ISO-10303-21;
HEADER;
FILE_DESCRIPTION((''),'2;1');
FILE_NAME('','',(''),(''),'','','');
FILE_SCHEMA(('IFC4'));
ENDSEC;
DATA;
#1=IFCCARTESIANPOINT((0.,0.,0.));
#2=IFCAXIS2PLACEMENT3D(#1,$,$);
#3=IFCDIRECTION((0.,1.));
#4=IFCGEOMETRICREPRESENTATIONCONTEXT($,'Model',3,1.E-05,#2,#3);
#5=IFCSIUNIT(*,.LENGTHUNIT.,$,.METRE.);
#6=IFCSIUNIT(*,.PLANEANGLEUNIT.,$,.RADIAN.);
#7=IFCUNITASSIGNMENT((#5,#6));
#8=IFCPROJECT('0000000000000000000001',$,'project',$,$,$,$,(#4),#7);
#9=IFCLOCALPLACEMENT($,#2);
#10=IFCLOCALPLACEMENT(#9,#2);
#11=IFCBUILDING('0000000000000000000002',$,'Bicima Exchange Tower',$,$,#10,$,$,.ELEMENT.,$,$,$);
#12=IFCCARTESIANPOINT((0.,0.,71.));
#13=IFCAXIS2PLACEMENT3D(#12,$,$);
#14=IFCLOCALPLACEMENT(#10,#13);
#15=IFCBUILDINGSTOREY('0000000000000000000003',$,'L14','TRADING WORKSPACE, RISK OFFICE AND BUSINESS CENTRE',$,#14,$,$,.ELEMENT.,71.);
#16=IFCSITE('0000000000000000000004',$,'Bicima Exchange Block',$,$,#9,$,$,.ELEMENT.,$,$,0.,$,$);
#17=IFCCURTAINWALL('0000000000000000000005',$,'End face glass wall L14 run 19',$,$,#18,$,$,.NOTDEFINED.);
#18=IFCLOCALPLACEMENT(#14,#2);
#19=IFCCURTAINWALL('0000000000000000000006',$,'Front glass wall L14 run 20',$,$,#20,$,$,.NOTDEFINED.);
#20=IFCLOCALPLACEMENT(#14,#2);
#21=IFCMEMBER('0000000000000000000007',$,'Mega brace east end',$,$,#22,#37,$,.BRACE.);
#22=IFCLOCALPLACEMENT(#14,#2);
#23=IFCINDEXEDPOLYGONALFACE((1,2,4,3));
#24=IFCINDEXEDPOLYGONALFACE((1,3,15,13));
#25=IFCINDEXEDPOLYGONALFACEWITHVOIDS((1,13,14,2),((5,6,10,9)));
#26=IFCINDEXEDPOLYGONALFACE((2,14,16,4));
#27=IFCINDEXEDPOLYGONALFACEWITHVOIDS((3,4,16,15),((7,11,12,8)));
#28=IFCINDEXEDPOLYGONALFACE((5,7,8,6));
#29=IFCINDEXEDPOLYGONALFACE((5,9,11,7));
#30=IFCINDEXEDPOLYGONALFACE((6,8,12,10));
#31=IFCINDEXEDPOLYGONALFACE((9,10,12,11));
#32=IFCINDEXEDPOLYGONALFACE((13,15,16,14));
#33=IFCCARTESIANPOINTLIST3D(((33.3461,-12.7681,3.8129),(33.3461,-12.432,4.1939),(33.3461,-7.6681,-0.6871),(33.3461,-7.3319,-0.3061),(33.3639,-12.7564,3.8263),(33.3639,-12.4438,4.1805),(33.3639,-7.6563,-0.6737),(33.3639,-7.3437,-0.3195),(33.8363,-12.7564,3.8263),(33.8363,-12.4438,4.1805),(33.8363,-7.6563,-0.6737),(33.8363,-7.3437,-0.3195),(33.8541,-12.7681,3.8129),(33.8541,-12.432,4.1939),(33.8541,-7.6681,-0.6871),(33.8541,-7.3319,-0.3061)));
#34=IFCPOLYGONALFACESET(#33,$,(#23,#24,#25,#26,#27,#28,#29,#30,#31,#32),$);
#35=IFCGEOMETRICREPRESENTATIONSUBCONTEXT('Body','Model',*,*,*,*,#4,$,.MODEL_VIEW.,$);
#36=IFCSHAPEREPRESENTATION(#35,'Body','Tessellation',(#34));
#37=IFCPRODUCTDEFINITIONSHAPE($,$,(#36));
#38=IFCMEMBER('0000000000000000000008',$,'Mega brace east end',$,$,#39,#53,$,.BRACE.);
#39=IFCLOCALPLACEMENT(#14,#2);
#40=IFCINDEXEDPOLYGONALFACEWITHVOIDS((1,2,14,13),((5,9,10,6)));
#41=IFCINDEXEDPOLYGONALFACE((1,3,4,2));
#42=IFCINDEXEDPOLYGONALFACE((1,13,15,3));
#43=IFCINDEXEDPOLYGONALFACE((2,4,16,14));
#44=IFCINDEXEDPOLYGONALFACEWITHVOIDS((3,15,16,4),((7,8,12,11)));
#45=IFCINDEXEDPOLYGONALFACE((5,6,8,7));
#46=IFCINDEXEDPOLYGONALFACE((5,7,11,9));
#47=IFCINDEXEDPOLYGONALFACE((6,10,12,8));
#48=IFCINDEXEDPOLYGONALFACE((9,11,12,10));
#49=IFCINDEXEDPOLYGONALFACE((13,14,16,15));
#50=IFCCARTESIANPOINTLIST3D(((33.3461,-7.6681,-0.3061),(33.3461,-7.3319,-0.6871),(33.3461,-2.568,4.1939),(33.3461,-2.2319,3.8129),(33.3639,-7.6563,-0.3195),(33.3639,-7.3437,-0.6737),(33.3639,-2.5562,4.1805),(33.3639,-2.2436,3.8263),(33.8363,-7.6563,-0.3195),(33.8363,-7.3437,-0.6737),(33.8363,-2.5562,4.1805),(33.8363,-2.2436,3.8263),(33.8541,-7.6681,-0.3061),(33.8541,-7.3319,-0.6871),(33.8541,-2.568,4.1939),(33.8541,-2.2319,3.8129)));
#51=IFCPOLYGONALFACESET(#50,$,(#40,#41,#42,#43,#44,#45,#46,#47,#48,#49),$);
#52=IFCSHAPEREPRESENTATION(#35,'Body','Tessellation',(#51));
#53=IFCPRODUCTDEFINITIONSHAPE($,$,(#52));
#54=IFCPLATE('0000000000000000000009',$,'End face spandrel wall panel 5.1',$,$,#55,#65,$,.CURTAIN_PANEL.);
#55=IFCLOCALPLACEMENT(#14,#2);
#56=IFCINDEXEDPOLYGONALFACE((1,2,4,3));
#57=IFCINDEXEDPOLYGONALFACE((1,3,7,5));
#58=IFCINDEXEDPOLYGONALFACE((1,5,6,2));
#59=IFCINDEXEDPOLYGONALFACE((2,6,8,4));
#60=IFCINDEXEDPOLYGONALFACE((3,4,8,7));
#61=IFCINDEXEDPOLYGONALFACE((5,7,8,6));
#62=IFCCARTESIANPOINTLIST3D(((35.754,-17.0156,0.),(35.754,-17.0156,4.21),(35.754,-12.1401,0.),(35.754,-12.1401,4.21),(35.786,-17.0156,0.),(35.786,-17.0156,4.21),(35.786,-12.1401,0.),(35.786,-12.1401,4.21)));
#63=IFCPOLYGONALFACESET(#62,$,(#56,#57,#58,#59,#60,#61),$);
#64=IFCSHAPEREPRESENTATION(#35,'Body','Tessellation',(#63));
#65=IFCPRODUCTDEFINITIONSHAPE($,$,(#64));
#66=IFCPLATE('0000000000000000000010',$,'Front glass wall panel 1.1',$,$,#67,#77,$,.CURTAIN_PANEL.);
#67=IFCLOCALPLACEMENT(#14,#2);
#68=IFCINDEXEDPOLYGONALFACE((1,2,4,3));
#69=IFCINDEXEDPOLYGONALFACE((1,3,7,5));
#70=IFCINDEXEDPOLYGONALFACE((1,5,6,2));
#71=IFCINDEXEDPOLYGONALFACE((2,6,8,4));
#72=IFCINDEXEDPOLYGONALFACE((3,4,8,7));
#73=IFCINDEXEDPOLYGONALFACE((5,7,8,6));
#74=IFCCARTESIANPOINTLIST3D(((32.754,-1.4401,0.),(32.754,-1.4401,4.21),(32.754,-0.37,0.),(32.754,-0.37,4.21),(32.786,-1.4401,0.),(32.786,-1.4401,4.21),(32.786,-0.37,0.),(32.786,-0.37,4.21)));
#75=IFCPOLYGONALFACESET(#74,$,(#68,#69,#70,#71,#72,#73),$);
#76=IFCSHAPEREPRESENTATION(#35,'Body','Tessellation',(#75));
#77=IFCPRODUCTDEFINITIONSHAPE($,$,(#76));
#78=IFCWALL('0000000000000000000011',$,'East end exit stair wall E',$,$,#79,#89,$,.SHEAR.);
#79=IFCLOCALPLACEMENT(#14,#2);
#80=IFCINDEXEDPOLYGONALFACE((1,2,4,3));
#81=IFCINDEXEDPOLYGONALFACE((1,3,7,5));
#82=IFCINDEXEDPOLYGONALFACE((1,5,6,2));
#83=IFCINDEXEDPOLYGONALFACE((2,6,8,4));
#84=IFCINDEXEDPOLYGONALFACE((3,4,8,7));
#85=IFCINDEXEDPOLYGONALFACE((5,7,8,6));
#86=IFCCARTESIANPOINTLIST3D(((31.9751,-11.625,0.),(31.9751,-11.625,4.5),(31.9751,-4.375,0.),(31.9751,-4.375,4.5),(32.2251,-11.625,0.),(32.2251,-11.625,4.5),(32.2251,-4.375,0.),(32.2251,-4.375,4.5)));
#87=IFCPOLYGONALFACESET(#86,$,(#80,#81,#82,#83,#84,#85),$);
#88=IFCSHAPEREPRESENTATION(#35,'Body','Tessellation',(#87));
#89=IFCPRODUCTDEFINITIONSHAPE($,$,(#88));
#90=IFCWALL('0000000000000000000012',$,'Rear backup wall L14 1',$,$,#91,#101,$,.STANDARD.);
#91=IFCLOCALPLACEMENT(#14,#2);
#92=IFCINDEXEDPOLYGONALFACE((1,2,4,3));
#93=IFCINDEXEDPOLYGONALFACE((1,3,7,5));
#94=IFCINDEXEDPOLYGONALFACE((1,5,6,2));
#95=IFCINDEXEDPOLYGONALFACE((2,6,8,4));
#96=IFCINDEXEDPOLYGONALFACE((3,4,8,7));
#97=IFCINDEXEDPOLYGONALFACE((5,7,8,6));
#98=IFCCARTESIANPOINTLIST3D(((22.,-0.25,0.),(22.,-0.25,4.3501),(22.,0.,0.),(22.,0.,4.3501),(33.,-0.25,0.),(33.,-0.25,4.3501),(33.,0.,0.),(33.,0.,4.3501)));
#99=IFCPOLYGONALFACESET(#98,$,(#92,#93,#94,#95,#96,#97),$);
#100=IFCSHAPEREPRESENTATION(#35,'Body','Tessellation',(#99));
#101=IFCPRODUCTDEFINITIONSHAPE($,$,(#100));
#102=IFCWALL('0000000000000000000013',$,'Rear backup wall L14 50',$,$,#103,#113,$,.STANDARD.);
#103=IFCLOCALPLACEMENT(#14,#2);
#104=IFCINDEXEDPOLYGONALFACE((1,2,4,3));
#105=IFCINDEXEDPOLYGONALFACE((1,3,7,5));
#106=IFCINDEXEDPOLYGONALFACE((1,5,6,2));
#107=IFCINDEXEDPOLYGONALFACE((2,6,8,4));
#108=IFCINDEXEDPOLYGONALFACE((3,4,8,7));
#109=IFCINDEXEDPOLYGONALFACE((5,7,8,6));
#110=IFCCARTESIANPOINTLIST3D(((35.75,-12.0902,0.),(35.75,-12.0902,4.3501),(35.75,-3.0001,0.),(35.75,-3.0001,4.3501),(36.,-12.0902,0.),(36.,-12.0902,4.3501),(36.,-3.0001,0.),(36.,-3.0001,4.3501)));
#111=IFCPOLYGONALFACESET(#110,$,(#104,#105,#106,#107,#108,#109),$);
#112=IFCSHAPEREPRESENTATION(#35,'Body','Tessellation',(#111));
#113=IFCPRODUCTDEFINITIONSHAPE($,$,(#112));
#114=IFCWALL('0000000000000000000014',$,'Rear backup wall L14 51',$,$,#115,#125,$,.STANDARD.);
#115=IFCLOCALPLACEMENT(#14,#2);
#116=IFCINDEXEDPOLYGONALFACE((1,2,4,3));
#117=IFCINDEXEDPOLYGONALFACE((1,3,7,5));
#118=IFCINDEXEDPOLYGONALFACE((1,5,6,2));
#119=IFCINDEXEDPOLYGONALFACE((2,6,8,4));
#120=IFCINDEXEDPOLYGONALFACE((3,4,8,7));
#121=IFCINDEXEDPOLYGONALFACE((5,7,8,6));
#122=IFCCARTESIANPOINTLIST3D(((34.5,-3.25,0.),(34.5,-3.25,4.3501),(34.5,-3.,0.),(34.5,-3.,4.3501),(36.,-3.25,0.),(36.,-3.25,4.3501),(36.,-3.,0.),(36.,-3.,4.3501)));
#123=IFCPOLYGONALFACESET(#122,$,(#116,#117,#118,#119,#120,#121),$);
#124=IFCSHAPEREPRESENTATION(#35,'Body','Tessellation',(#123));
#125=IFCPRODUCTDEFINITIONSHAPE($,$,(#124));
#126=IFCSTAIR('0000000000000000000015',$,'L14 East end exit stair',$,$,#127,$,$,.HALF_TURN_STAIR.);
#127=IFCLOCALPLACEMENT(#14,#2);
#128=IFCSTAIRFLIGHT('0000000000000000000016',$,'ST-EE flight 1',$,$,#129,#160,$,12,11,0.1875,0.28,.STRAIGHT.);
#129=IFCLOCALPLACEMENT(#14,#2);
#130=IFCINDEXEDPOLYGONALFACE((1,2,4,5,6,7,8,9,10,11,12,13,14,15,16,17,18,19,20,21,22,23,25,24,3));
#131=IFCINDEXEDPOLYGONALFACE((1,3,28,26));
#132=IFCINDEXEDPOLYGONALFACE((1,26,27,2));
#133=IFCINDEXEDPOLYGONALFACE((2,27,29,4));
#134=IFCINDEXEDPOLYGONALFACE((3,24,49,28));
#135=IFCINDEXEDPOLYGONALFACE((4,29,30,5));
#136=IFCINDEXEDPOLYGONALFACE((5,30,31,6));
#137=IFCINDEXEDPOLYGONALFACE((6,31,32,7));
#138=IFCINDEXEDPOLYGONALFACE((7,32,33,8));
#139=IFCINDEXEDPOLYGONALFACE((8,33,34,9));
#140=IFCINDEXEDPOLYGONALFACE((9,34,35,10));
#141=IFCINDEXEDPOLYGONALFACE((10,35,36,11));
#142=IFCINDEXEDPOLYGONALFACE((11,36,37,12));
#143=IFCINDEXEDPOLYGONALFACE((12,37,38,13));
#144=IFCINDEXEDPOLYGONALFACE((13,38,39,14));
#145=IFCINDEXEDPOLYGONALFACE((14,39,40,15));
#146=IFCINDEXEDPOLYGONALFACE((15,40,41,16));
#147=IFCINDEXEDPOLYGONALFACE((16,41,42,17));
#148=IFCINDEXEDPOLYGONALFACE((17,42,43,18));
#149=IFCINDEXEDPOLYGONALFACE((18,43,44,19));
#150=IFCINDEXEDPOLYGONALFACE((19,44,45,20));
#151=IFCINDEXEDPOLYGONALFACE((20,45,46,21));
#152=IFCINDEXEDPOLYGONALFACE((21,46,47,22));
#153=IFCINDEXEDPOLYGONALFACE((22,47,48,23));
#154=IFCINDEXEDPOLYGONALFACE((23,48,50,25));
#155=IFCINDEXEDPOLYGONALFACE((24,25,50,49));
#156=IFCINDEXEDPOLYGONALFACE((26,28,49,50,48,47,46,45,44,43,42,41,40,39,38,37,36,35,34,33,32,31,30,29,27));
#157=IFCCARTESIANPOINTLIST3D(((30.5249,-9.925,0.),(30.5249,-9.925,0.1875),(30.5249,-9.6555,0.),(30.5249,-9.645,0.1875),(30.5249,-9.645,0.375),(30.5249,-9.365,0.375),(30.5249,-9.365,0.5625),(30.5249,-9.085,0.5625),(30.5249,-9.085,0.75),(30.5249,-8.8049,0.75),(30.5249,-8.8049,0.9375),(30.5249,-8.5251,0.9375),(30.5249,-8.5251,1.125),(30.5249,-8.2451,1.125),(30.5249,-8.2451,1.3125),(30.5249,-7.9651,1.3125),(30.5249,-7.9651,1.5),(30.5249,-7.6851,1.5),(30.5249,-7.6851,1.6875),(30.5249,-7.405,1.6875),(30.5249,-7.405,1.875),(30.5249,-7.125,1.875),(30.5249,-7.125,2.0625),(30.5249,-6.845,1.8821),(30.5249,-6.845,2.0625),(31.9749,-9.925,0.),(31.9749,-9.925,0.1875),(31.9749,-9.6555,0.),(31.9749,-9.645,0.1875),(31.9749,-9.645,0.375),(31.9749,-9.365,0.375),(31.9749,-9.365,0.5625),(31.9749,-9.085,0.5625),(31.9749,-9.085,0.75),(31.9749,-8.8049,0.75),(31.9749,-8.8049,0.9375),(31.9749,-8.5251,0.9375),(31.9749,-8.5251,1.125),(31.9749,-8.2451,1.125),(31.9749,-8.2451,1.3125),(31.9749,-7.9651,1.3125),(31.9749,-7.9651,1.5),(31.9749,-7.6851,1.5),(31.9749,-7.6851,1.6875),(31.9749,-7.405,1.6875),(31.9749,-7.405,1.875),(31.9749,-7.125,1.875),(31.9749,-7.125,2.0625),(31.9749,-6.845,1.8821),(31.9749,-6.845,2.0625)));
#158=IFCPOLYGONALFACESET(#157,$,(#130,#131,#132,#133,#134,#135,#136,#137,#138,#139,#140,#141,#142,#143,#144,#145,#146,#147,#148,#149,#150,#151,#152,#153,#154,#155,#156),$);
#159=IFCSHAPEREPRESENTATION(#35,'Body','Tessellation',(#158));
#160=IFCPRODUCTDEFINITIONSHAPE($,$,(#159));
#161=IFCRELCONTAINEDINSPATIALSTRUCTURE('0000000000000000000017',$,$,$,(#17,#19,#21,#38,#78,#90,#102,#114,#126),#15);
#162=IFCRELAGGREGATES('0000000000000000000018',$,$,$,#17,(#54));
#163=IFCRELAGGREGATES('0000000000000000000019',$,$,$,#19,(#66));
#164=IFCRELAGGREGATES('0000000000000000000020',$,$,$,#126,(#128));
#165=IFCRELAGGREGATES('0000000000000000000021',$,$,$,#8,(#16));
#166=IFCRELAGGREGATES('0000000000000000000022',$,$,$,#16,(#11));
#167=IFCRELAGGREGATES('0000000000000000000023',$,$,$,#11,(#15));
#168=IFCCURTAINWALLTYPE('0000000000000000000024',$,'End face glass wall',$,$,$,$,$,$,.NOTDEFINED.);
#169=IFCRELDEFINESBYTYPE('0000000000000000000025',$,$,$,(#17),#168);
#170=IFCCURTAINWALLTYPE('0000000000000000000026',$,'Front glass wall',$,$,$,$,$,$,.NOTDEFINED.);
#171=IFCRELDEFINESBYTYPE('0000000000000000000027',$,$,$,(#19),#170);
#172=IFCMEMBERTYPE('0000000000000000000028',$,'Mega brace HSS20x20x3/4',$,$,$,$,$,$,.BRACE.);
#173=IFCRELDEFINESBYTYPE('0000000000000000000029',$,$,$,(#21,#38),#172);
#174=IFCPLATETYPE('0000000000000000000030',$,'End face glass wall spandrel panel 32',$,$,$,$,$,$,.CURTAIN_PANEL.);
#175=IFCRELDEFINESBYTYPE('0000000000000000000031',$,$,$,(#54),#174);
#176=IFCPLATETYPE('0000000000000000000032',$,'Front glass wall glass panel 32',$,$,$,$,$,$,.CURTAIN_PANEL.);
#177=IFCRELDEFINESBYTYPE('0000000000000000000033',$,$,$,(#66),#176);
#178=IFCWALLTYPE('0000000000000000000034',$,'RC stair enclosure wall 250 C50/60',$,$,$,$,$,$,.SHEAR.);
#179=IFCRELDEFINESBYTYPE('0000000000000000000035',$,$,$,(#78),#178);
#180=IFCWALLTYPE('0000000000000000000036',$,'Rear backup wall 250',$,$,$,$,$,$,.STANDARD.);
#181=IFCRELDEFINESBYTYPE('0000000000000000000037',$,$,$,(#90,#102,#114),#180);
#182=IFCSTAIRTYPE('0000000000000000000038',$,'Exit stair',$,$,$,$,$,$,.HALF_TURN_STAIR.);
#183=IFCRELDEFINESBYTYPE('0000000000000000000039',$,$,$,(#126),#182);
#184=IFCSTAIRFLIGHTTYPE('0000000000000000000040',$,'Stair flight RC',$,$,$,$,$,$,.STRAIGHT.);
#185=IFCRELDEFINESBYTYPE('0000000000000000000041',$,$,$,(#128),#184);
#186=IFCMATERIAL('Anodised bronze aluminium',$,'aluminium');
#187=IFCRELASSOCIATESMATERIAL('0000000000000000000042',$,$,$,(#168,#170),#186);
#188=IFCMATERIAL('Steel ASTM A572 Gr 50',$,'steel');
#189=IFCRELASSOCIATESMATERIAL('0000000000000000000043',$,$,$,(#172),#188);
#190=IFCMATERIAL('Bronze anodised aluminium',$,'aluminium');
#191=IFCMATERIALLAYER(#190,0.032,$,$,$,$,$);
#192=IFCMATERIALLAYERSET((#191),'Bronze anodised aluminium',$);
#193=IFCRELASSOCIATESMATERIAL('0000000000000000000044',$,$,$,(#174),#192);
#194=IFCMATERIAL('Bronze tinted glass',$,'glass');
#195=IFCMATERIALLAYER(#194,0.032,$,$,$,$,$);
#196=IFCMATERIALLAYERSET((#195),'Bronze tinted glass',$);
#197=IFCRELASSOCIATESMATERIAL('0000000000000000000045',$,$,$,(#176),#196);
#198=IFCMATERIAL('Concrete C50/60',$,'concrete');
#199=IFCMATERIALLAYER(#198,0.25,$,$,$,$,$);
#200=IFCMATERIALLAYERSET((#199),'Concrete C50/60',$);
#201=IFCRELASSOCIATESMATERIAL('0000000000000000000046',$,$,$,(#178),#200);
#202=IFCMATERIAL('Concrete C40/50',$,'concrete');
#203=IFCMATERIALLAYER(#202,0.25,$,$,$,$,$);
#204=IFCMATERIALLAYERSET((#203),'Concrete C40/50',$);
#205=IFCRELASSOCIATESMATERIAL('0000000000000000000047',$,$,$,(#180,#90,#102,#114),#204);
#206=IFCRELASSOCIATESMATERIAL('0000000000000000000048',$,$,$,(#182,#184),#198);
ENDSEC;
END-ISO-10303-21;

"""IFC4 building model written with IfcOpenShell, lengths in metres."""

from ifc_helpers import new_model, si_unit, direction, frame, frame_2d, origin, origin_2d, place, context, subcontext, project, spatial, polyline, rectangle, hollow_rectangle, outline, extrude, material, layer, layer_set, layer_usage, material_profile, profile_set, type_object, element, aggregate, save


model = new_model("IFC4")

# Units and contexts
model_context = context("Model", 3, precision=1e-05, world=origin(), true_north=direction((0.0, 1.0)))
body_context = subcontext(model_context, "Body", "Model", "MODEL_VIEW")
ifc_project = project(units=[si_unit("LENGTHUNIT", "METRE"), si_unit("PLANEANGLEUNIT", "RADIAN")], contexts=[model_context])

# Site, building, storey
site_placement = place(None, origin())
site = spatial("IfcSite", under=ifc_project, at=site_placement, Name="Bicima Exchange Block", CompositionType="ELEMENT", RefElevation=0.0)
building_placement = place(site_placement, origin())
building = spatial("IfcBuilding", under=site, at=building_placement, Name="Bicima Exchange Tower", CompositionType="ELEMENT")
storey_placement = place(building_placement, frame((0.0, 0.0, 71.0)))
storey = spatial("IfcBuildingStorey", under=building, at=storey_placement, Name="L14", Description="TRADING WORKSPACE, RISK OFFICE AND BUSINESS CENTRE", CompositionType="ELEMENT", Elevation=71.0)

# Shared definitions
ifc_material_1 = material(Name="Steel ASTM A572 Gr 50", Category="steel")

# Curtain wall
ifc_material_2 = material(Name="Anodised bronze aluminium", Category="aluminium")
curtain_wall_type_1 = type_object("IfcCurtainWallType", Name="End face glass wall", PredefinedType="NOTDEFINED", material=ifc_material_2)
curtain_wall_1_placement = place(storey_placement, origin())
curtain_wall_1 = element("IfcCurtainWall", 1, at=curtain_wall_1_placement, inside=storey, type_object=curtain_wall_type_1, Name="End face glass wall L14 run 19", PredefinedType="NOTDEFINED")

# Curtain wall
curtain_wall_type_2 = type_object("IfcCurtainWallType", Name="Front glass wall", PredefinedType="NOTDEFINED", material=ifc_material_2)
curtain_wall_2_placement = place(storey_placement, origin())
curtain_wall_2 = element("IfcCurtainWall", 2, at=curtain_wall_2_placement, inside=storey, type_object=curtain_wall_type_2, Name="Front glass wall L14 run 20", PredefinedType="NOTDEFINED")

# Members
ifc_material_profile_1 = material_profile(ifc_material_1, hollow_rectangle(XDim=0.5081, YDim=0.5081, WallThickness=0.0178, at=origin_2d()))
ifc_profile_set_1 = profile_set([ifc_material_profile_1], Name="Steel ASTM A572 Gr 50")
member_type_1 = type_object("IfcMemberType", Name="Mega brace HSS20x20x3/4", PredefinedType="BRACE", material=ifc_profile_set_1)
for number, where, z_axis, x_axis, name in (
    (3, (33.6001, -7.5, -0.4966), (0.0, -0.749844, 0.661615), (1.0, 0.0, 0.0), "Mega brace east end"),
    (4, (33.6001, -7.5, -0.4966), (0.0, 0.749844, 0.661615), (-1.0, 0.0, 0.0), "Mega brace east end"),
):
    element("IfcMember", number, at=place(storey_placement, frame(where, z_axis=z_axis, x_axis=x_axis)), inside=storey, type_object=member_type_1, Name=name, PredefinedType="BRACE", context=body_context, shape_type="SweptSolid", body=[
        extrude(hollow_rectangle(XDim=0.5081, YDim=0.5081, WallThickness=0.0178, at=origin_2d()), origin(), (0.0, 0.0, 1.0), 6.8015),
    ])

# Plates
ifc_material_3 = material(Name="Bronze anodised aluminium", Category="aluminium")
ifc_layer_1 = layer(ifc_material_3, 0.032)
ifc_layer_set_1 = layer_set([ifc_layer_1], Name="Bronze anodised aluminium")
plate_type_1 = type_object("IfcPlateType", Name="End face glass wall spandrel panel 32", PredefinedType="CURTAIN_PANEL", material=ifc_layer_set_1)
plate_1_placement = place(storey_placement, frame((35.77, -14.5779, 0.0), z_axis=(0.0, 0.0, 1.0), x_axis=(0.0, 1.0, 0.0)))
plate_1 = element("IfcPlate", 5, at=plate_1_placement, type_object=plate_type_1, Name="End face spandrel wall panel 5.1", PredefinedType="CURTAIN_PANEL", context=body_context, shape_type="SweptSolid", body=[
    extrude(rectangle(XDim=4.8755, YDim=0.032, at=origin_2d()), origin(), (0.0, 0.0, 1.0), 4.21),
])
aggregate(curtain_wall_1, [plate_1])
ifc_material_4 = material(Name="Bronze tinted glass", Category="glass")
ifc_layer_2 = layer(ifc_material_4, 0.032)
ifc_layer_set_2 = layer_set([ifc_layer_2], Name="Bronze tinted glass")
plate_type_2 = type_object("IfcPlateType", Name="Front glass wall glass panel 32", PredefinedType="CURTAIN_PANEL", material=ifc_layer_set_2)
plate_2_placement = place(storey_placement, frame((32.77, -0.905, 0.0), z_axis=(0.0, 0.0, 1.0), x_axis=(0.0, 1.0, 0.0)))
plate_2 = element("IfcPlate", 6, at=plate_2_placement, type_object=plate_type_2, Name="Front glass wall panel 1.1", PredefinedType="CURTAIN_PANEL", context=body_context, shape_type="SweptSolid", body=[
    extrude(rectangle(XDim=1.0701, YDim=0.032, at=origin_2d()), origin(), (0.0, 0.0, 1.0), 4.21),
])
aggregate(curtain_wall_2, [plate_2])

# Walls
ifc_material_5 = material(Name="Concrete C50/60", Category="concrete")
ifc_layer_3 = layer(ifc_material_5, 0.25)
ifc_layer_set_3 = layer_set([ifc_layer_3], Name="Concrete C50/60")
wall_type_1 = type_object("IfcWallType", Name="RC stair enclosure wall 250 C50/60", PredefinedType="SHEAR", material=ifc_layer_set_3)
wall_1_placement = place(storey_placement, frame((32.1001, -11.625, 0.0), z_axis=(0.0, 0.0, 1.0), x_axis=(0.0, 1.0, 0.0)))
element("IfcWall", 7, at=wall_1_placement, inside=storey, type_object=wall_type_1, Name="East end exit stair wall E", PredefinedType="SHEAR", context=body_context, shape_type="SweptSolid", body=[
    extrude(rectangle(XDim=7.25, YDim=0.25, at=frame_2d((3.625, 0.0))), origin(), (0.0, 0.0, 1.0), 4.5),
])
ifc_material_6 = material(Name="Concrete C40/50", Category="concrete")
ifc_layer_4 = layer(ifc_material_6, 0.25)
ifc_layer_set_4 = layer_set([ifc_layer_4], Name="Concrete C40/50")
ifc_layer_usage = layer_usage(ifc_layer_set_4, "AXIS2", "POSITIVE", -0.125)
wall_type_2 = type_object("IfcWallType", Name="Rear backup wall 250", PredefinedType="STANDARD", material=ifc_layer_set_4)
wall_2_placement = place(storey_placement, frame((33.0, -0.125, 0.0), z_axis=(0.0, 0.0, 1.0), x_axis=(-1.0, 0.0, 0.0)))
element("IfcWall", 8, at=wall_2_placement, inside=storey, type_object=wall_type_2, material=ifc_layer_usage, Name="Rear backup wall L14 1", PredefinedType="STANDARD", context=body_context, shape_type="SweptSolid", body=[
    extrude(rectangle(XDim=11.0, YDim=0.25, at=frame_2d((5.5, 0.0))), origin(), (0.0, 0.0, 1.0), 4.3501),
])
wall_3_placement = place(storey_placement, frame((35.875, -12.0901, 0.0), z_axis=(0.0, 0.0, 1.0), x_axis=(0.0, 1.0, 0.0)))
element("IfcWall", 9, at=wall_3_placement, inside=storey, type_object=wall_type_2, material=ifc_layer_usage, Name="Rear backup wall L14 50", PredefinedType="STANDARD", context=body_context, shape_type="SweptSolid", body=[
    extrude(rectangle(XDim=9.0901, YDim=0.25, at=frame_2d((4.5449, 0.0))), origin(), (0.0, 0.0, 1.0), 4.3501),
])
wall_4_placement = place(storey_placement, frame((36.0, -3.125, 0.0), z_axis=(0.0, 0.0, 1.0), x_axis=(-1.0, 0.0, 0.0)))
element("IfcWall", 10, at=wall_4_placement, inside=storey, type_object=wall_type_2, material=ifc_layer_usage, Name="Rear backup wall L14 51", PredefinedType="STANDARD", context=body_context, shape_type="SweptSolid", body=[
    extrude(rectangle(XDim=1.5, YDim=0.25, at=frame_2d((0.75, 0.0))), origin(), (0.0, 0.0, 1.0), 4.3501),
])

# Stair, stair flight
stair_type = type_object("IfcStairType", Name="Exit stair", PredefinedType="HALF_TURN_STAIR", material=ifc_material_5)
stair_placement = place(storey_placement, origin())
stair = element("IfcStair", 11, at=stair_placement, inside=storey, type_object=stair_type, Name="L14 East end exit stair", PredefinedType="HALF_TURN_STAIR")
stair_flight_type = type_object("IfcStairFlightType", Name="Stair flight RC", PredefinedType="STRAIGHT", material=ifc_material_5)
stair_flight_1_placement = place(storey_placement, frame((31.25, -9.925, 0.0), z_axis=(0.0, 0.0, 1.0), x_axis=(0.0, 1.0, 0.0)))
stair_flight_1 = element("IfcStairFlight", 12, at=stair_flight_1_placement, type_object=stair_flight_type, Name="ST-EE flight 1", NumberOfRisers=12, NumberOfTreads=11, PredefinedType="STRAIGHT", RiserHeight=0.1875, TreadLength=0.28, context=body_context, shape_type="SweptSolid", body=[
    extrude(outline(polyline([(0.0, 0.0), (0.0, 0.1875), (0.28, 0.1875), (0.28, 0.375), (0.5601, 0.375), (0.5601, 0.5625), (0.8401, 0.5625), (0.8401, 0.75), (1.1201, 0.75), (1.1201, 0.9375), (1.3999, 0.9375), (1.3999, 1.125), (1.6799, 1.125), (1.6799, 1.3125), (1.96, 1.3125), (1.96, 1.5), (2.24, 1.5), (2.24, 1.6875), (2.52, 1.6875), (2.52, 1.875), (2.8, 1.875), (2.8, 2.0625), (3.0801, 2.0625), (3.0801, 2.25), (3.0801, 1.8821), (0.2695, 0.0), (0.0, 0.0)])), frame((0.0, 0.7251, 0.0), z_axis=(0.0, -1.0, 0.0), x_axis=(1.0, 0.0, 0.0)), (0.0, 0.0, 1.0), 1.45),
])
aggregate(stair, [stair_flight_1])

save(model, "model.ifc")
